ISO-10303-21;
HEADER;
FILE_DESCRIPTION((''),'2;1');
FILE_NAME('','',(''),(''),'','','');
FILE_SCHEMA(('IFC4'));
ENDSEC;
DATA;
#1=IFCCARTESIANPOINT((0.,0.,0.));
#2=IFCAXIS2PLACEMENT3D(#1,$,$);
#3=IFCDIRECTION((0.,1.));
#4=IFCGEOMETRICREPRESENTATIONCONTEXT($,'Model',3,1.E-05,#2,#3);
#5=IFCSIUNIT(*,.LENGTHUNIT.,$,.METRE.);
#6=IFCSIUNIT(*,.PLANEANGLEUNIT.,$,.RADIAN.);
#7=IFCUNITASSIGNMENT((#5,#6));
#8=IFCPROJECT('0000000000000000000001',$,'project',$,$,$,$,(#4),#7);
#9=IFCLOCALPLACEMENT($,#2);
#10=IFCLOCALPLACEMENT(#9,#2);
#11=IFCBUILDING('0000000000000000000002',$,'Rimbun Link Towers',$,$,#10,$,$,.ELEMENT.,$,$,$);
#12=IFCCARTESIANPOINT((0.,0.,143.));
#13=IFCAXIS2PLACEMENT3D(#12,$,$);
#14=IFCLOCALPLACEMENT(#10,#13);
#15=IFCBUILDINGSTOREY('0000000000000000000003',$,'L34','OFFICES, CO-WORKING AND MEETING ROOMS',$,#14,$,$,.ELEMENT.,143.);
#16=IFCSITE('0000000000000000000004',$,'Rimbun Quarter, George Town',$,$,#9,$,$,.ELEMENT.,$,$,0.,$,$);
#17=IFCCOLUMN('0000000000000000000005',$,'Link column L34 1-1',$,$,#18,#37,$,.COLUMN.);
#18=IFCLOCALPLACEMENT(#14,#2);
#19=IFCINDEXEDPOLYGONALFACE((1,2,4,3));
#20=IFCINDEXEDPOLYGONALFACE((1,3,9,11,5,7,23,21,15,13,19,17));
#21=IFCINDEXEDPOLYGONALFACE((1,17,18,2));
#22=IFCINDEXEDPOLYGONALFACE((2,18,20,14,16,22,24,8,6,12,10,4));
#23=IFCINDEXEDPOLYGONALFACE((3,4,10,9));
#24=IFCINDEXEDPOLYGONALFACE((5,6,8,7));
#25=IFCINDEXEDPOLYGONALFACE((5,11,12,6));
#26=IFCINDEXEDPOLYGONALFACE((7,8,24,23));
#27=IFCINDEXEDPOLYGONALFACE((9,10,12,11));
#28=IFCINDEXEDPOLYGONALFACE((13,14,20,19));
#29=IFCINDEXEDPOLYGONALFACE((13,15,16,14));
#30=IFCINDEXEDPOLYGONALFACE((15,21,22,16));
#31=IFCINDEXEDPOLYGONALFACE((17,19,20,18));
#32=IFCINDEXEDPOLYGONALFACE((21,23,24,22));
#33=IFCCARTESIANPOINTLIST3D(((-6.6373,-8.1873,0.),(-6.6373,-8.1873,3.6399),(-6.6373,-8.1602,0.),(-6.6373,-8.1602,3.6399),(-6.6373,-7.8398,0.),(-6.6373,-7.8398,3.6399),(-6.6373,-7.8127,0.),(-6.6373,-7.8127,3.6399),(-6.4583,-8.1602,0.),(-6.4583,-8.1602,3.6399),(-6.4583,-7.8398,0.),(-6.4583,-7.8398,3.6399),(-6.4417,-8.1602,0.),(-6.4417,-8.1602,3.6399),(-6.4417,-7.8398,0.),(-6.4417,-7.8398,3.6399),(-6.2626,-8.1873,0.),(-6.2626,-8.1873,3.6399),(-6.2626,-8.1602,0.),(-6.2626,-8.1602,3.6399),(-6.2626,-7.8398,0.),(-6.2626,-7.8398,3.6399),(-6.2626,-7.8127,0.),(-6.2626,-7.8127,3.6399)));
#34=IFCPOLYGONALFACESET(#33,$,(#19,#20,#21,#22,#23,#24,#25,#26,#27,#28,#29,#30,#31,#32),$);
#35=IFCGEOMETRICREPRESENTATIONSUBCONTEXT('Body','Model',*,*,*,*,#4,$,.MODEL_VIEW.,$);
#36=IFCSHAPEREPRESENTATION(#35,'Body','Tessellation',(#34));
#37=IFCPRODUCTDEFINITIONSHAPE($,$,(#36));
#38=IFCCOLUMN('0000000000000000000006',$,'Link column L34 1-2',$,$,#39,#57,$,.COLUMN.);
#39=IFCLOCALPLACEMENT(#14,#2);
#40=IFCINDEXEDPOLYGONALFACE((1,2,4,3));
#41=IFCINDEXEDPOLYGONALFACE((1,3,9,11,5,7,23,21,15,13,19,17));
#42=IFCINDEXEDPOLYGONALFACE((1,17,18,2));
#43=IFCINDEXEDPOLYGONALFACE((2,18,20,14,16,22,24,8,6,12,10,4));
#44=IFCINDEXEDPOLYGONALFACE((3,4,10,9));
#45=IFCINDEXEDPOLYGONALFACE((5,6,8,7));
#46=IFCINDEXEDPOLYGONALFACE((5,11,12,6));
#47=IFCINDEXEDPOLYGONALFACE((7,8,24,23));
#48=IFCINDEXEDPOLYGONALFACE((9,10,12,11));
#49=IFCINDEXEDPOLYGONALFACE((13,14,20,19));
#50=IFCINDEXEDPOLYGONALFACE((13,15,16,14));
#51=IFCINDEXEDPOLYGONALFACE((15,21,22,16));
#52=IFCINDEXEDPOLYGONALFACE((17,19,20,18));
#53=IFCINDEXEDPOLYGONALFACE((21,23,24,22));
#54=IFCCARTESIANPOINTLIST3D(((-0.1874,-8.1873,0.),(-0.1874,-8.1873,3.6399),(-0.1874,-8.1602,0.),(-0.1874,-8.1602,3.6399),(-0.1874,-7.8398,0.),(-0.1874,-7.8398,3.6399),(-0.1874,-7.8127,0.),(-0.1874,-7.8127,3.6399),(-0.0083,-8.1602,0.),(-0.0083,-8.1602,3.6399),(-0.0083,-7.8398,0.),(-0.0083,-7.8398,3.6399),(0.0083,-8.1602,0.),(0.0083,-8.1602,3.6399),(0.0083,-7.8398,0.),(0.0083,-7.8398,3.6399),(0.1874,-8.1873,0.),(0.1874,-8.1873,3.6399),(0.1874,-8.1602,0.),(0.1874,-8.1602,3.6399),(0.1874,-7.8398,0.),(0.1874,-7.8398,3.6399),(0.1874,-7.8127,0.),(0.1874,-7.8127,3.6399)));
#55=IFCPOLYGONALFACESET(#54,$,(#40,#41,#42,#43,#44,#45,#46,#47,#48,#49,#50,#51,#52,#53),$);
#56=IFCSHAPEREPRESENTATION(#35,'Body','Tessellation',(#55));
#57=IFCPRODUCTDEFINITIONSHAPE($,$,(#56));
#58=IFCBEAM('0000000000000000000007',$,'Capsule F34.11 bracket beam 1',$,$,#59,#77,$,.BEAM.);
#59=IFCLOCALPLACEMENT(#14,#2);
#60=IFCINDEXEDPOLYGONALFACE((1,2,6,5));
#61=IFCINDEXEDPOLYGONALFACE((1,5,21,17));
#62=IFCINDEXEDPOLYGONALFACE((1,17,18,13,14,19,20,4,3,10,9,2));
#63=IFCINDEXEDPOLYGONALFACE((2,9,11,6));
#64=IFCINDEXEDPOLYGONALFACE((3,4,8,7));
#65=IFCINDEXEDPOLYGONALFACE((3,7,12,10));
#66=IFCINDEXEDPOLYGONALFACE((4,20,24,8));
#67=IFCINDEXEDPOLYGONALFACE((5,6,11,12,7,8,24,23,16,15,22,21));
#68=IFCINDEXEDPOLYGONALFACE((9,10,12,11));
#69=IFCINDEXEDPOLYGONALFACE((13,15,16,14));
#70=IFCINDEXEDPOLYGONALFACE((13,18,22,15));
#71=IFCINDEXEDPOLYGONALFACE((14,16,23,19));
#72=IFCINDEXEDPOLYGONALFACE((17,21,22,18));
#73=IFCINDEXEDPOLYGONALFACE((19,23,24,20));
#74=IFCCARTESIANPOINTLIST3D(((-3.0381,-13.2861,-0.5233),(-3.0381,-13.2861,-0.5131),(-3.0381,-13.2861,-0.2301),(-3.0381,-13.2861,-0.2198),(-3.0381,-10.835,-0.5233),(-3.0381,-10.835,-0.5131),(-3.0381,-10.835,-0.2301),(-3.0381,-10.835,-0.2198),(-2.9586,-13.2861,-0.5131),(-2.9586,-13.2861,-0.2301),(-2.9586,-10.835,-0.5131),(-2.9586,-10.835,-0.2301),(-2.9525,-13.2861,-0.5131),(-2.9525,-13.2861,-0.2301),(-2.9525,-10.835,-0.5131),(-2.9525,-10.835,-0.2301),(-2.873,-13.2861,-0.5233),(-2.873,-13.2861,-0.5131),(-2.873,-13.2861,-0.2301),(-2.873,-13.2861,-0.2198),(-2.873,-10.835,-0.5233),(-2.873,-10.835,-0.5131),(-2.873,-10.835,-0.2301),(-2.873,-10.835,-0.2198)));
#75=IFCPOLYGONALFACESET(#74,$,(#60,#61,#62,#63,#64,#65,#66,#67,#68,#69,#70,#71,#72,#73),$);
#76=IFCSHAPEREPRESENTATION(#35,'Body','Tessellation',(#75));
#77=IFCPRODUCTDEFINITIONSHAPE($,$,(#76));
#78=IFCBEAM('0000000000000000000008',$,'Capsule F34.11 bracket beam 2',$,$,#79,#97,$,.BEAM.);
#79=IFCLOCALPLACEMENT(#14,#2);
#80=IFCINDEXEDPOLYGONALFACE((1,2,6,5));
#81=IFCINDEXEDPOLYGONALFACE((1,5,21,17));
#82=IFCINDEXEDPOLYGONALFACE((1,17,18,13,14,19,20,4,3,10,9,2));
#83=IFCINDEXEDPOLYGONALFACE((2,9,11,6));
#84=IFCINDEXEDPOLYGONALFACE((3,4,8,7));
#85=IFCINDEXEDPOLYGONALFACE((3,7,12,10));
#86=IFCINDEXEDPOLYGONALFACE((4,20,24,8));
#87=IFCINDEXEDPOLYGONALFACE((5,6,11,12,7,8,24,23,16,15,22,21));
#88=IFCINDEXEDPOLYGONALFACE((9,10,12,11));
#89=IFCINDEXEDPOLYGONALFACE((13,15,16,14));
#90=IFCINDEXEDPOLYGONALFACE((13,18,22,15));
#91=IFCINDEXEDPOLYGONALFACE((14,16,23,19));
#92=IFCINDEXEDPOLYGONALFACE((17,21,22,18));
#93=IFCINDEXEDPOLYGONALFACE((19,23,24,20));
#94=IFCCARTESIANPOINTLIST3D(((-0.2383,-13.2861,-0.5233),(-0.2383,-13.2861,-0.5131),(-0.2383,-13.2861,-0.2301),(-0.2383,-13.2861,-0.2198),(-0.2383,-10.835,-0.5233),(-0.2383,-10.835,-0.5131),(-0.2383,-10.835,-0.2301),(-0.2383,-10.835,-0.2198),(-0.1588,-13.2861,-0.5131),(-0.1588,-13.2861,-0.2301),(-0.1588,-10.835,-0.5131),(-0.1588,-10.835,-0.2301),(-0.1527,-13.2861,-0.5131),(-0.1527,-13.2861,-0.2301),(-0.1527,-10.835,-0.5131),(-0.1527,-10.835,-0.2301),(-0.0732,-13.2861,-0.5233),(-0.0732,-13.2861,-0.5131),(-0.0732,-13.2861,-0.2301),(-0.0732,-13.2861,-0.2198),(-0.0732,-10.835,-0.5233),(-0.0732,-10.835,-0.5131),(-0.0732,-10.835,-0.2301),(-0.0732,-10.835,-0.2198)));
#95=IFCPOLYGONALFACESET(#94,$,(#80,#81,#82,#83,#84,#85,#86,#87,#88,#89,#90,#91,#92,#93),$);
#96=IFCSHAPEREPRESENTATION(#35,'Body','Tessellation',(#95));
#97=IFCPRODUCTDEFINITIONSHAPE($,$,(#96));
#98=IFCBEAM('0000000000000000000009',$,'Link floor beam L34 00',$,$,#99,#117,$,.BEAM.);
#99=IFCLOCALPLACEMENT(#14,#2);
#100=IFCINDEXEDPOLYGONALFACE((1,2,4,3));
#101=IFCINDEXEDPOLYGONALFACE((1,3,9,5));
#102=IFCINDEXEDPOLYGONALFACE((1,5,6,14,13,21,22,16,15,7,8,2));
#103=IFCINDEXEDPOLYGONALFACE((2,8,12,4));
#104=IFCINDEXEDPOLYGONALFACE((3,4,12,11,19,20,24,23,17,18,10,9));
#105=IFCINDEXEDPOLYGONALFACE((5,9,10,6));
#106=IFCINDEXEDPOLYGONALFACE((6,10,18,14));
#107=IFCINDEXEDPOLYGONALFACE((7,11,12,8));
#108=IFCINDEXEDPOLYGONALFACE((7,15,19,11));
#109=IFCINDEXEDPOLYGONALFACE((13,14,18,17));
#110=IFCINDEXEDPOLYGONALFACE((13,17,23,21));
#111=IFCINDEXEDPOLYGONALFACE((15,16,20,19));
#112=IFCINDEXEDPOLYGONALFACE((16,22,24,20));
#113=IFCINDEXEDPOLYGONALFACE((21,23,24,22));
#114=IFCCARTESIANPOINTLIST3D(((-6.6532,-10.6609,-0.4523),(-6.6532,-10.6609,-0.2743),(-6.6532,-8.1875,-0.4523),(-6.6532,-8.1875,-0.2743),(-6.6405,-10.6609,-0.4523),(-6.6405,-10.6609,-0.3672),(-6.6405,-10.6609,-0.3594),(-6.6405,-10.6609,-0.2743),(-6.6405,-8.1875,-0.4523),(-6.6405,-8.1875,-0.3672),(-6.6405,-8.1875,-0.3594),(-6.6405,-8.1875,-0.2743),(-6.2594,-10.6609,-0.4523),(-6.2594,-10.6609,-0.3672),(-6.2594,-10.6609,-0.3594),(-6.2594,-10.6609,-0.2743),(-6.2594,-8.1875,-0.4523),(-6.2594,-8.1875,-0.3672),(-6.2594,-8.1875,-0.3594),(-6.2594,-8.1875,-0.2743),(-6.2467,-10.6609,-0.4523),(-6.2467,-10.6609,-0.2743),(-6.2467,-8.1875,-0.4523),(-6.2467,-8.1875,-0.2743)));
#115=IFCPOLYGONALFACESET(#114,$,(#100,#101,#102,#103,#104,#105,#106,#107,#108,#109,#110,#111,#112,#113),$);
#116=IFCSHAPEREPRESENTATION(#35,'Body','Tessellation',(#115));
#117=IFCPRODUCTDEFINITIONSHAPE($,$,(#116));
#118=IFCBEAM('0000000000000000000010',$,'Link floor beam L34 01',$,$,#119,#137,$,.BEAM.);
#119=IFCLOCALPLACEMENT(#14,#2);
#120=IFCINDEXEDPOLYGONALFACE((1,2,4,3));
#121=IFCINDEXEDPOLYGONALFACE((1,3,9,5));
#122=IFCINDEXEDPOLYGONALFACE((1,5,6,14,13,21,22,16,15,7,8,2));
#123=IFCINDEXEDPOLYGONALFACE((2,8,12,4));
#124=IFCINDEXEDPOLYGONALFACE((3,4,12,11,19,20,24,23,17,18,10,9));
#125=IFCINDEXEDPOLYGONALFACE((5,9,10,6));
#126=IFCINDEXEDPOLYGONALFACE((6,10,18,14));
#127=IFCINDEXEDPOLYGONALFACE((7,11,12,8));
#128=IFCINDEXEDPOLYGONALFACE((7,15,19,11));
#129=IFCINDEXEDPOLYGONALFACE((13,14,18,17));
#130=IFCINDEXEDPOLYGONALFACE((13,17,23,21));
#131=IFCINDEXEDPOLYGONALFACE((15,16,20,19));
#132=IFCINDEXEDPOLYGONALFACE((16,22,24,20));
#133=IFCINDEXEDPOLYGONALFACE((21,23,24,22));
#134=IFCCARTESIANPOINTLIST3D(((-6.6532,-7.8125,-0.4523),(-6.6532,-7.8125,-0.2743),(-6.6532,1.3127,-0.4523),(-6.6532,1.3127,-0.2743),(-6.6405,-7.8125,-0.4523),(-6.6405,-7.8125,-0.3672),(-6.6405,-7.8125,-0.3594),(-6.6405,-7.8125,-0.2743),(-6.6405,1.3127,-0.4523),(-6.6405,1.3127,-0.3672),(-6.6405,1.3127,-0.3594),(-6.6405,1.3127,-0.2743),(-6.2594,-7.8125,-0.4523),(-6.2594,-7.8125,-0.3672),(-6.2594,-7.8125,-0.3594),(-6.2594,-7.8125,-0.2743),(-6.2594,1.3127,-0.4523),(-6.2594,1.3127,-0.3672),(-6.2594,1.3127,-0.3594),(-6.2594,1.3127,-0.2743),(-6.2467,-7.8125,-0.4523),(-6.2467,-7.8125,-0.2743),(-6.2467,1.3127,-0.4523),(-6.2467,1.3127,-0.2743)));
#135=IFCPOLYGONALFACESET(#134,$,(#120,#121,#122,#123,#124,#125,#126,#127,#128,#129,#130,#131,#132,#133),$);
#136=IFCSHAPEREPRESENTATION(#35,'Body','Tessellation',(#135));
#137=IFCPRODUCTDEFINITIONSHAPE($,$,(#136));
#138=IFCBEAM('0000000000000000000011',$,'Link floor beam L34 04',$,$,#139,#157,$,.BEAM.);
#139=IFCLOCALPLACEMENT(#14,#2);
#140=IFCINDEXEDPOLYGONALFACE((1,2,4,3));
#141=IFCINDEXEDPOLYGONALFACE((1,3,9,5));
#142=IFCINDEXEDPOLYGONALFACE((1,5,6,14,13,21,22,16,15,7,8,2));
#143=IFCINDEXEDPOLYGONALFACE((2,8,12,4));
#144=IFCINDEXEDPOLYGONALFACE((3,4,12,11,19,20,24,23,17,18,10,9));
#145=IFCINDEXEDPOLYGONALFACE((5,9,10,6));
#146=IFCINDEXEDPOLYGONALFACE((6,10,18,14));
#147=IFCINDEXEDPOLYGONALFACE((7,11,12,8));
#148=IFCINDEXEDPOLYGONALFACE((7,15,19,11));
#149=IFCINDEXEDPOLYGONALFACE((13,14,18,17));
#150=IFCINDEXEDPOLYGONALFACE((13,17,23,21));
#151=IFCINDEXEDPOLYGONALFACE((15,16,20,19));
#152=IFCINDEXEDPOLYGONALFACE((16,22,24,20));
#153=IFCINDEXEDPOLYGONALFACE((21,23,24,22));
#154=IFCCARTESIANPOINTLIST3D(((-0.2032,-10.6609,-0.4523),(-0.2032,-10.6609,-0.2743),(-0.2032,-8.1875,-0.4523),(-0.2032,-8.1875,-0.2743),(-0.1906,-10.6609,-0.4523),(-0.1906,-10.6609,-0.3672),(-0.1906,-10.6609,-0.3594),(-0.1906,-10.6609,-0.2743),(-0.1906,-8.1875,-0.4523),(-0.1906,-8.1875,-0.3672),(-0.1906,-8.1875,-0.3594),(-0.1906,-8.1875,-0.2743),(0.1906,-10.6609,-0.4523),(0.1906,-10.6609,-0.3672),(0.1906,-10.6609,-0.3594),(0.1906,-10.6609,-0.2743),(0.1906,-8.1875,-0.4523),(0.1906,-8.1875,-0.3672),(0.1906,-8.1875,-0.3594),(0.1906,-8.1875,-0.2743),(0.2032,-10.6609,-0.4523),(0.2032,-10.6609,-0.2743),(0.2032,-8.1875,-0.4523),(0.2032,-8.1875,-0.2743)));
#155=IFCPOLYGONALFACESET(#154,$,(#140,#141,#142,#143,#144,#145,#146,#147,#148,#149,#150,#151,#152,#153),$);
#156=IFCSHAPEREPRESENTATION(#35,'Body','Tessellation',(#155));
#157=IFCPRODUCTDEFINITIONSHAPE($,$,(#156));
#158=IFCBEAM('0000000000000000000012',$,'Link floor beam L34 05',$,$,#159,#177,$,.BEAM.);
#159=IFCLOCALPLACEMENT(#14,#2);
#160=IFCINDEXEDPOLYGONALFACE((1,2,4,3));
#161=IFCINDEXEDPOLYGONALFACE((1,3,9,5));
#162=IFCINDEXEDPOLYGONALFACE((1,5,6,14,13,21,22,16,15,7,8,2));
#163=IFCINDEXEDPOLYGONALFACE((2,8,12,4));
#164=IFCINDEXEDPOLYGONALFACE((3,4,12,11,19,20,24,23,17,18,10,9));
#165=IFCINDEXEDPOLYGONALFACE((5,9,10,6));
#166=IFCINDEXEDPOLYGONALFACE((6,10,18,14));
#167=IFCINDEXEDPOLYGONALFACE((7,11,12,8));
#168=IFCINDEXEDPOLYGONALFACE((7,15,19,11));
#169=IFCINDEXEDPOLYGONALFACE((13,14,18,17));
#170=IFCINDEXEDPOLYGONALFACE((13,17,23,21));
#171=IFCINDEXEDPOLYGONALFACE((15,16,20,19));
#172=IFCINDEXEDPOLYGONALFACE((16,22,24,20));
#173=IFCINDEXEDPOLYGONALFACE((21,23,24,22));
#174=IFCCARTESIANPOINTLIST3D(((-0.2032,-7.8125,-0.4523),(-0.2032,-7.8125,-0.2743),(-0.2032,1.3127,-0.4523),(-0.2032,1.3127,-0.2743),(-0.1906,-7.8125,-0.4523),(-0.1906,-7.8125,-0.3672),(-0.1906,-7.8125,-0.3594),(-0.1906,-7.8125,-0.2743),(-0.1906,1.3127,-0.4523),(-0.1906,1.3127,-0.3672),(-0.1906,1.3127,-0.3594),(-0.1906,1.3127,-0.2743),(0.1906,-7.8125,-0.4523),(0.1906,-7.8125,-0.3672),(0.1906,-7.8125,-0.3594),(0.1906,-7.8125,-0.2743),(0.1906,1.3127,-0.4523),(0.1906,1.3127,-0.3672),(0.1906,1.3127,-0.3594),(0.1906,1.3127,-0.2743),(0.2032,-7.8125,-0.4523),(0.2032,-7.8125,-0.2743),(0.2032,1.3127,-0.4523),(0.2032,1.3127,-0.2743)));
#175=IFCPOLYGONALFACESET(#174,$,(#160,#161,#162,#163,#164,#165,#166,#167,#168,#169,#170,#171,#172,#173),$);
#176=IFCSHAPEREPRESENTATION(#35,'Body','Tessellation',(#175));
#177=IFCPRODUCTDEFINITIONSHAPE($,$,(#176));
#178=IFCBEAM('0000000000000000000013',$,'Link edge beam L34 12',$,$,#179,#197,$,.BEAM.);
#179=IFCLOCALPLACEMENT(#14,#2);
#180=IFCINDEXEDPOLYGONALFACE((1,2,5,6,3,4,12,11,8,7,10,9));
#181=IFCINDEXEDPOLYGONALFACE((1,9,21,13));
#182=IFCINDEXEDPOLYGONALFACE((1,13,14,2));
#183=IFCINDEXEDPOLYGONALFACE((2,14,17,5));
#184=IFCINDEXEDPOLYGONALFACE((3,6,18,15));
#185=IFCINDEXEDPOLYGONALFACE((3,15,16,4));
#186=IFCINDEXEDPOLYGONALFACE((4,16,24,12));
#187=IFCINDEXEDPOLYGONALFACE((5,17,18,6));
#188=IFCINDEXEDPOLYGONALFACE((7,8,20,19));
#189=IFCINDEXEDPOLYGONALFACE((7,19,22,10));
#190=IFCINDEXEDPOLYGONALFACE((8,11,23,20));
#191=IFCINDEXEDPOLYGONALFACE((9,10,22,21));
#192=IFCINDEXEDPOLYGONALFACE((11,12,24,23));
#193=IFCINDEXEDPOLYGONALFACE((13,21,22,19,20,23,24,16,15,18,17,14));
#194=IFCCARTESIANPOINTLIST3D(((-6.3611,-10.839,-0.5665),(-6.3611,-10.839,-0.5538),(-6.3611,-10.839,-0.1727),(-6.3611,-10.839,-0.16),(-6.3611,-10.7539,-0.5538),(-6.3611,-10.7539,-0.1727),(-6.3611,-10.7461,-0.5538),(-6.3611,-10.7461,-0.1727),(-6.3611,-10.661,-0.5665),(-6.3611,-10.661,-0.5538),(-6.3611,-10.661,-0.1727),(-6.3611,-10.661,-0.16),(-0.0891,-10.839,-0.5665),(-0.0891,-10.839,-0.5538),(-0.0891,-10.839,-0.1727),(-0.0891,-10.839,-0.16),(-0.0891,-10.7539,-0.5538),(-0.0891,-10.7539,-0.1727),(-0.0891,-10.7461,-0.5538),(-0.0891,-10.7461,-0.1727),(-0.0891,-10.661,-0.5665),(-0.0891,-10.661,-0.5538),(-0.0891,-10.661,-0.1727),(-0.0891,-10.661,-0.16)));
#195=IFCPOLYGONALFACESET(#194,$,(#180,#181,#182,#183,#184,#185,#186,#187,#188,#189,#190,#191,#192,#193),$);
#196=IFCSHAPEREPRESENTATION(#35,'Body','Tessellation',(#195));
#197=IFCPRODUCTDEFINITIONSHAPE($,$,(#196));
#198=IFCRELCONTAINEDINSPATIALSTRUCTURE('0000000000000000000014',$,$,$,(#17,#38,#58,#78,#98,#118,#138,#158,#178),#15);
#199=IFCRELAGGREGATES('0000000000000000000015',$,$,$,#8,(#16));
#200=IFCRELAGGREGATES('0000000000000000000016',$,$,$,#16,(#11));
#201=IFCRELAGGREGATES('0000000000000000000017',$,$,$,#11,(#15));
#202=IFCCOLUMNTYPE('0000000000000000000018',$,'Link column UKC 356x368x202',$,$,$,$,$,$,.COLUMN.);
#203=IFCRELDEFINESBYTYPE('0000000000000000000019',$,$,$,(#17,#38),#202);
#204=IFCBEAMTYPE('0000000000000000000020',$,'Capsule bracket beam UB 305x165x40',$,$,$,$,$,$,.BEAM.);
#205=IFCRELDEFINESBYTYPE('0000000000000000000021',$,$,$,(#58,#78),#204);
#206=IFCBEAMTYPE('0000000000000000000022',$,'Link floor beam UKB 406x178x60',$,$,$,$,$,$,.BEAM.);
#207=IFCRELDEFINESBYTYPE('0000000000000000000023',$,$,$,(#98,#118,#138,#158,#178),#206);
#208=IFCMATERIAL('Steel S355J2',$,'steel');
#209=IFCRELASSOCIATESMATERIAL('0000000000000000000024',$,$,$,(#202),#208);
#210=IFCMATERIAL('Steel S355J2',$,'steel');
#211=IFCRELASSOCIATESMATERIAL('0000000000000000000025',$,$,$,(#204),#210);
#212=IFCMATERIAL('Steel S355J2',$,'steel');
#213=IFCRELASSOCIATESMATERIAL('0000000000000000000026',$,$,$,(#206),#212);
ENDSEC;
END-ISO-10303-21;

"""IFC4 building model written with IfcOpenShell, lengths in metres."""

from ifc_helpers import new_model, si_unit, direction, frame, origin, origin_2d, place, context, subcontext, project, spatial, i_section, extrude, material, material_profile, profile_set, type_object, element, save


model = new_model("IFC4")

# Units and contexts
model_context = context("Model", 3, precision=1e-05, world=origin(), true_north=direction((0.0, 1.0)))
body_context = subcontext(model_context, "Body", "Model", "MODEL_VIEW")
ifc_project = project(units=[si_unit("LENGTHUNIT", "METRE"), si_unit("PLANEANGLEUNIT", "RADIAN")], contexts=[model_context])

# Site, building, storey
site_placement = place(None, origin())
site = spatial("IfcSite", under=ifc_project, at=site_placement, Name="Rimbun Quarter, George Town", CompositionType="ELEMENT", RefElevation=0.0)
building_placement = place(site_placement, origin())
building = spatial("IfcBuilding", under=site, at=building_placement, Name="Rimbun Link Towers", CompositionType="ELEMENT")
storey_placement = place(building_placement, frame((0.0, 0.0, 143.0)))
storey = spatial("IfcBuildingStorey", under=building, at=storey_placement, Name="L34", Description="OFFICES, CO-WORKING AND MEETING ROOMS", CompositionType="ELEMENT", Elevation=143.0)

# Columns
ifc_material_1 = material(Name="Steel S355J2", Category="steel")
ifc_material_profile_1 = material_profile(ifc_material_1, i_section(OverallWidth=0.3748, OverallDepth=0.3745, WebThickness=0.0166, FlangeThickness=0.0271, at=origin_2d()), Name="UKC 356x368x202")
ifc_profile_set_1 = profile_set([ifc_material_profile_1], Name="Steel S355J2")
column_type = type_object("IfcColumnType", Name="Link column UKC 356x368x202", PredefinedType="COLUMN", material=ifc_profile_set_1)
for number, where, z_axis, x_axis, name in (
    (1, (-6.45, -8.0, 0.0), (0.0, 0.0, 1.0), (1.0, 0.0, 0.0), "Link column L34 1-1"),
    (2, (0.0, -8.0, 0.0), (0.0, 0.0, 1.0), (1.0, 0.0, 0.0), "Link column L34 1-2"),
):
    element("IfcColumn", number, at=place(storey_placement, frame(where, z_axis=z_axis, x_axis=x_axis)), inside=storey, type_object=column_type, Name=name, PredefinedType="COLUMN", context=body_context, shape_type="SweptSolid", body=[
        extrude(i_section(OverallWidth=0.3748, OverallDepth=0.3745, WebThickness=0.0166, FlangeThickness=0.0271, at=origin_2d()), origin(), (0.0, 0.0, 1.0), 3.6399),
    ])

# Beams
ifc_material_2 = material(Name="Steel S355J2", Category="steel")
ifc_material_profile_2 = material_profile(ifc_material_2, i_section(OverallWidth=0.165, OverallDepth=0.3035, WebThickness=0.0061, FlangeThickness=0.0103, at=origin_2d()), Name="UB 305x165x40")
ifc_profile_set_2 = profile_set([ifc_material_profile_2], Name="Steel S355J2")
beam_type_1 = type_object("IfcBeamType", Name="Capsule bracket beam UB 305x165x40", PredefinedType="BEAM", material=ifc_profile_set_2)
for number, where, z_axis, x_axis, name in (
    (3, (-2.9556, -10.835, -0.3716), (0.0, -1.0, 0.0), (1.0, 0.0, 0.0), "Capsule F34.11 bracket beam 1"),
    (4, (-0.1558, -10.835, -0.3716), (0.0, -1.0, 0.0), (1.0, 0.0, 0.0), "Capsule F34.11 bracket beam 2"),
):
    element("IfcBeam", number, at=place(storey_placement, frame(where, z_axis=z_axis, x_axis=x_axis)), inside=storey, type_object=beam_type_1, Name=name, PredefinedType="BEAM", context=body_context, shape_type="SweptSolid", body=[
        extrude(i_section(OverallWidth=0.165, OverallDepth=0.3035, WebThickness=0.0061, FlangeThickness=0.0103, at=origin_2d()), origin(), (0.0, 0.0, 1.0), 2.4512),
    ])
ifc_material_3 = material(Name="Steel S355J2", Category="steel")
ifc_material_profile_3 = material_profile(ifc_material_3, i_section(OverallWidth=0.178, OverallDepth=0.4065, WebThickness=0.0078, FlangeThickness=0.0127, at=origin_2d()), Name="UKB 406x178x60")
ifc_profile_set_3 = profile_set([ifc_material_profile_3], Name="Steel S355J2")
beam_type_2 = type_object("IfcBeamType", Name="Link floor beam UKB 406x178x60", PredefinedType="BEAM", material=ifc_profile_set_3)
beam_1_placement = place(storey_placement, frame((-6.45, -10.6609, -0.3633), z_axis=(0.0, 1.0, 0.0), x_axis=(0.0, 0.0, 1.0)))
element("IfcBeam", 5, at=beam_1_placement, inside=storey, type_object=beam_type_2, Name="Link floor beam L34 00", PredefinedType="BEAM", context=body_context, shape_type="SweptSolid", body=[
    extrude(i_section(OverallWidth=0.178, OverallDepth=0.4065, WebThickness=0.0078, FlangeThickness=0.0127, at=origin_2d()), origin(), (0.0, 0.0, 1.0), 2.4734),
])
beam_2_placement = place(storey_placement, frame((-6.45, -7.8125, -0.3633), z_axis=(0.0, 1.0, 0.0), x_axis=(0.0, 0.0, 1.0)))
element("IfcBeam", 6, at=beam_2_placement, inside=storey, type_object=beam_type_2, Name="Link floor beam L34 01", PredefinedType="BEAM", context=body_context, shape_type="SweptSolid", body=[
    extrude(i_section(OverallWidth=0.178, OverallDepth=0.4065, WebThickness=0.0078, FlangeThickness=0.0127, at=origin_2d()), origin(), (0.0, 0.0, 1.0), 9.1252),
])
beam_3_placement = place(storey_placement, frame((0.0, -10.6609, -0.3633), z_axis=(0.0, 1.0, 0.0), x_axis=(0.0, 0.0, 1.0)))
element("IfcBeam", 7, at=beam_3_placement, inside=storey, type_object=beam_type_2, Name="Link floor beam L34 04", PredefinedType="BEAM", context=body_context, shape_type="SweptSolid", body=[
    extrude(i_section(OverallWidth=0.178, OverallDepth=0.4065, WebThickness=0.0078, FlangeThickness=0.0127, at=origin_2d()), origin(), (0.0, 0.0, 1.0), 2.4734),
])
beam_4_placement = place(storey_placement, frame((0.0, -7.8125, -0.3633), z_axis=(0.0, 1.0, 0.0), x_axis=(0.0, 0.0, 1.0)))
element("IfcBeam", 8, at=beam_4_placement, inside=storey, type_object=beam_type_2, Name="Link floor beam L34 05", PredefinedType="BEAM", context=body_context, shape_type="SweptSolid", body=[
    extrude(i_section(OverallWidth=0.178, OverallDepth=0.4065, WebThickness=0.0078, FlangeThickness=0.0127, at=origin_2d()), origin(), (0.0, 0.0, 1.0), 9.1252),
])
beam_5_placement = place(storey_placement, frame((-6.3611, -10.75, -0.3633), z_axis=(1.0, 0.0, 0.0), x_axis=(0.0, 1.0, 0.0)))
element("IfcBeam", 9, at=beam_5_placement, inside=storey, type_object=beam_type_2, Name="Link edge beam L34 12", PredefinedType="BEAM", context=body_context, shape_type="SweptSolid", body=[
    extrude(i_section(OverallWidth=0.178, OverallDepth=0.4065, WebThickness=0.0078, FlangeThickness=0.0127, at=origin_2d()), origin(), (0.0, 0.0, 1.0), 6.272),
])

save(model, "model.ifc")
